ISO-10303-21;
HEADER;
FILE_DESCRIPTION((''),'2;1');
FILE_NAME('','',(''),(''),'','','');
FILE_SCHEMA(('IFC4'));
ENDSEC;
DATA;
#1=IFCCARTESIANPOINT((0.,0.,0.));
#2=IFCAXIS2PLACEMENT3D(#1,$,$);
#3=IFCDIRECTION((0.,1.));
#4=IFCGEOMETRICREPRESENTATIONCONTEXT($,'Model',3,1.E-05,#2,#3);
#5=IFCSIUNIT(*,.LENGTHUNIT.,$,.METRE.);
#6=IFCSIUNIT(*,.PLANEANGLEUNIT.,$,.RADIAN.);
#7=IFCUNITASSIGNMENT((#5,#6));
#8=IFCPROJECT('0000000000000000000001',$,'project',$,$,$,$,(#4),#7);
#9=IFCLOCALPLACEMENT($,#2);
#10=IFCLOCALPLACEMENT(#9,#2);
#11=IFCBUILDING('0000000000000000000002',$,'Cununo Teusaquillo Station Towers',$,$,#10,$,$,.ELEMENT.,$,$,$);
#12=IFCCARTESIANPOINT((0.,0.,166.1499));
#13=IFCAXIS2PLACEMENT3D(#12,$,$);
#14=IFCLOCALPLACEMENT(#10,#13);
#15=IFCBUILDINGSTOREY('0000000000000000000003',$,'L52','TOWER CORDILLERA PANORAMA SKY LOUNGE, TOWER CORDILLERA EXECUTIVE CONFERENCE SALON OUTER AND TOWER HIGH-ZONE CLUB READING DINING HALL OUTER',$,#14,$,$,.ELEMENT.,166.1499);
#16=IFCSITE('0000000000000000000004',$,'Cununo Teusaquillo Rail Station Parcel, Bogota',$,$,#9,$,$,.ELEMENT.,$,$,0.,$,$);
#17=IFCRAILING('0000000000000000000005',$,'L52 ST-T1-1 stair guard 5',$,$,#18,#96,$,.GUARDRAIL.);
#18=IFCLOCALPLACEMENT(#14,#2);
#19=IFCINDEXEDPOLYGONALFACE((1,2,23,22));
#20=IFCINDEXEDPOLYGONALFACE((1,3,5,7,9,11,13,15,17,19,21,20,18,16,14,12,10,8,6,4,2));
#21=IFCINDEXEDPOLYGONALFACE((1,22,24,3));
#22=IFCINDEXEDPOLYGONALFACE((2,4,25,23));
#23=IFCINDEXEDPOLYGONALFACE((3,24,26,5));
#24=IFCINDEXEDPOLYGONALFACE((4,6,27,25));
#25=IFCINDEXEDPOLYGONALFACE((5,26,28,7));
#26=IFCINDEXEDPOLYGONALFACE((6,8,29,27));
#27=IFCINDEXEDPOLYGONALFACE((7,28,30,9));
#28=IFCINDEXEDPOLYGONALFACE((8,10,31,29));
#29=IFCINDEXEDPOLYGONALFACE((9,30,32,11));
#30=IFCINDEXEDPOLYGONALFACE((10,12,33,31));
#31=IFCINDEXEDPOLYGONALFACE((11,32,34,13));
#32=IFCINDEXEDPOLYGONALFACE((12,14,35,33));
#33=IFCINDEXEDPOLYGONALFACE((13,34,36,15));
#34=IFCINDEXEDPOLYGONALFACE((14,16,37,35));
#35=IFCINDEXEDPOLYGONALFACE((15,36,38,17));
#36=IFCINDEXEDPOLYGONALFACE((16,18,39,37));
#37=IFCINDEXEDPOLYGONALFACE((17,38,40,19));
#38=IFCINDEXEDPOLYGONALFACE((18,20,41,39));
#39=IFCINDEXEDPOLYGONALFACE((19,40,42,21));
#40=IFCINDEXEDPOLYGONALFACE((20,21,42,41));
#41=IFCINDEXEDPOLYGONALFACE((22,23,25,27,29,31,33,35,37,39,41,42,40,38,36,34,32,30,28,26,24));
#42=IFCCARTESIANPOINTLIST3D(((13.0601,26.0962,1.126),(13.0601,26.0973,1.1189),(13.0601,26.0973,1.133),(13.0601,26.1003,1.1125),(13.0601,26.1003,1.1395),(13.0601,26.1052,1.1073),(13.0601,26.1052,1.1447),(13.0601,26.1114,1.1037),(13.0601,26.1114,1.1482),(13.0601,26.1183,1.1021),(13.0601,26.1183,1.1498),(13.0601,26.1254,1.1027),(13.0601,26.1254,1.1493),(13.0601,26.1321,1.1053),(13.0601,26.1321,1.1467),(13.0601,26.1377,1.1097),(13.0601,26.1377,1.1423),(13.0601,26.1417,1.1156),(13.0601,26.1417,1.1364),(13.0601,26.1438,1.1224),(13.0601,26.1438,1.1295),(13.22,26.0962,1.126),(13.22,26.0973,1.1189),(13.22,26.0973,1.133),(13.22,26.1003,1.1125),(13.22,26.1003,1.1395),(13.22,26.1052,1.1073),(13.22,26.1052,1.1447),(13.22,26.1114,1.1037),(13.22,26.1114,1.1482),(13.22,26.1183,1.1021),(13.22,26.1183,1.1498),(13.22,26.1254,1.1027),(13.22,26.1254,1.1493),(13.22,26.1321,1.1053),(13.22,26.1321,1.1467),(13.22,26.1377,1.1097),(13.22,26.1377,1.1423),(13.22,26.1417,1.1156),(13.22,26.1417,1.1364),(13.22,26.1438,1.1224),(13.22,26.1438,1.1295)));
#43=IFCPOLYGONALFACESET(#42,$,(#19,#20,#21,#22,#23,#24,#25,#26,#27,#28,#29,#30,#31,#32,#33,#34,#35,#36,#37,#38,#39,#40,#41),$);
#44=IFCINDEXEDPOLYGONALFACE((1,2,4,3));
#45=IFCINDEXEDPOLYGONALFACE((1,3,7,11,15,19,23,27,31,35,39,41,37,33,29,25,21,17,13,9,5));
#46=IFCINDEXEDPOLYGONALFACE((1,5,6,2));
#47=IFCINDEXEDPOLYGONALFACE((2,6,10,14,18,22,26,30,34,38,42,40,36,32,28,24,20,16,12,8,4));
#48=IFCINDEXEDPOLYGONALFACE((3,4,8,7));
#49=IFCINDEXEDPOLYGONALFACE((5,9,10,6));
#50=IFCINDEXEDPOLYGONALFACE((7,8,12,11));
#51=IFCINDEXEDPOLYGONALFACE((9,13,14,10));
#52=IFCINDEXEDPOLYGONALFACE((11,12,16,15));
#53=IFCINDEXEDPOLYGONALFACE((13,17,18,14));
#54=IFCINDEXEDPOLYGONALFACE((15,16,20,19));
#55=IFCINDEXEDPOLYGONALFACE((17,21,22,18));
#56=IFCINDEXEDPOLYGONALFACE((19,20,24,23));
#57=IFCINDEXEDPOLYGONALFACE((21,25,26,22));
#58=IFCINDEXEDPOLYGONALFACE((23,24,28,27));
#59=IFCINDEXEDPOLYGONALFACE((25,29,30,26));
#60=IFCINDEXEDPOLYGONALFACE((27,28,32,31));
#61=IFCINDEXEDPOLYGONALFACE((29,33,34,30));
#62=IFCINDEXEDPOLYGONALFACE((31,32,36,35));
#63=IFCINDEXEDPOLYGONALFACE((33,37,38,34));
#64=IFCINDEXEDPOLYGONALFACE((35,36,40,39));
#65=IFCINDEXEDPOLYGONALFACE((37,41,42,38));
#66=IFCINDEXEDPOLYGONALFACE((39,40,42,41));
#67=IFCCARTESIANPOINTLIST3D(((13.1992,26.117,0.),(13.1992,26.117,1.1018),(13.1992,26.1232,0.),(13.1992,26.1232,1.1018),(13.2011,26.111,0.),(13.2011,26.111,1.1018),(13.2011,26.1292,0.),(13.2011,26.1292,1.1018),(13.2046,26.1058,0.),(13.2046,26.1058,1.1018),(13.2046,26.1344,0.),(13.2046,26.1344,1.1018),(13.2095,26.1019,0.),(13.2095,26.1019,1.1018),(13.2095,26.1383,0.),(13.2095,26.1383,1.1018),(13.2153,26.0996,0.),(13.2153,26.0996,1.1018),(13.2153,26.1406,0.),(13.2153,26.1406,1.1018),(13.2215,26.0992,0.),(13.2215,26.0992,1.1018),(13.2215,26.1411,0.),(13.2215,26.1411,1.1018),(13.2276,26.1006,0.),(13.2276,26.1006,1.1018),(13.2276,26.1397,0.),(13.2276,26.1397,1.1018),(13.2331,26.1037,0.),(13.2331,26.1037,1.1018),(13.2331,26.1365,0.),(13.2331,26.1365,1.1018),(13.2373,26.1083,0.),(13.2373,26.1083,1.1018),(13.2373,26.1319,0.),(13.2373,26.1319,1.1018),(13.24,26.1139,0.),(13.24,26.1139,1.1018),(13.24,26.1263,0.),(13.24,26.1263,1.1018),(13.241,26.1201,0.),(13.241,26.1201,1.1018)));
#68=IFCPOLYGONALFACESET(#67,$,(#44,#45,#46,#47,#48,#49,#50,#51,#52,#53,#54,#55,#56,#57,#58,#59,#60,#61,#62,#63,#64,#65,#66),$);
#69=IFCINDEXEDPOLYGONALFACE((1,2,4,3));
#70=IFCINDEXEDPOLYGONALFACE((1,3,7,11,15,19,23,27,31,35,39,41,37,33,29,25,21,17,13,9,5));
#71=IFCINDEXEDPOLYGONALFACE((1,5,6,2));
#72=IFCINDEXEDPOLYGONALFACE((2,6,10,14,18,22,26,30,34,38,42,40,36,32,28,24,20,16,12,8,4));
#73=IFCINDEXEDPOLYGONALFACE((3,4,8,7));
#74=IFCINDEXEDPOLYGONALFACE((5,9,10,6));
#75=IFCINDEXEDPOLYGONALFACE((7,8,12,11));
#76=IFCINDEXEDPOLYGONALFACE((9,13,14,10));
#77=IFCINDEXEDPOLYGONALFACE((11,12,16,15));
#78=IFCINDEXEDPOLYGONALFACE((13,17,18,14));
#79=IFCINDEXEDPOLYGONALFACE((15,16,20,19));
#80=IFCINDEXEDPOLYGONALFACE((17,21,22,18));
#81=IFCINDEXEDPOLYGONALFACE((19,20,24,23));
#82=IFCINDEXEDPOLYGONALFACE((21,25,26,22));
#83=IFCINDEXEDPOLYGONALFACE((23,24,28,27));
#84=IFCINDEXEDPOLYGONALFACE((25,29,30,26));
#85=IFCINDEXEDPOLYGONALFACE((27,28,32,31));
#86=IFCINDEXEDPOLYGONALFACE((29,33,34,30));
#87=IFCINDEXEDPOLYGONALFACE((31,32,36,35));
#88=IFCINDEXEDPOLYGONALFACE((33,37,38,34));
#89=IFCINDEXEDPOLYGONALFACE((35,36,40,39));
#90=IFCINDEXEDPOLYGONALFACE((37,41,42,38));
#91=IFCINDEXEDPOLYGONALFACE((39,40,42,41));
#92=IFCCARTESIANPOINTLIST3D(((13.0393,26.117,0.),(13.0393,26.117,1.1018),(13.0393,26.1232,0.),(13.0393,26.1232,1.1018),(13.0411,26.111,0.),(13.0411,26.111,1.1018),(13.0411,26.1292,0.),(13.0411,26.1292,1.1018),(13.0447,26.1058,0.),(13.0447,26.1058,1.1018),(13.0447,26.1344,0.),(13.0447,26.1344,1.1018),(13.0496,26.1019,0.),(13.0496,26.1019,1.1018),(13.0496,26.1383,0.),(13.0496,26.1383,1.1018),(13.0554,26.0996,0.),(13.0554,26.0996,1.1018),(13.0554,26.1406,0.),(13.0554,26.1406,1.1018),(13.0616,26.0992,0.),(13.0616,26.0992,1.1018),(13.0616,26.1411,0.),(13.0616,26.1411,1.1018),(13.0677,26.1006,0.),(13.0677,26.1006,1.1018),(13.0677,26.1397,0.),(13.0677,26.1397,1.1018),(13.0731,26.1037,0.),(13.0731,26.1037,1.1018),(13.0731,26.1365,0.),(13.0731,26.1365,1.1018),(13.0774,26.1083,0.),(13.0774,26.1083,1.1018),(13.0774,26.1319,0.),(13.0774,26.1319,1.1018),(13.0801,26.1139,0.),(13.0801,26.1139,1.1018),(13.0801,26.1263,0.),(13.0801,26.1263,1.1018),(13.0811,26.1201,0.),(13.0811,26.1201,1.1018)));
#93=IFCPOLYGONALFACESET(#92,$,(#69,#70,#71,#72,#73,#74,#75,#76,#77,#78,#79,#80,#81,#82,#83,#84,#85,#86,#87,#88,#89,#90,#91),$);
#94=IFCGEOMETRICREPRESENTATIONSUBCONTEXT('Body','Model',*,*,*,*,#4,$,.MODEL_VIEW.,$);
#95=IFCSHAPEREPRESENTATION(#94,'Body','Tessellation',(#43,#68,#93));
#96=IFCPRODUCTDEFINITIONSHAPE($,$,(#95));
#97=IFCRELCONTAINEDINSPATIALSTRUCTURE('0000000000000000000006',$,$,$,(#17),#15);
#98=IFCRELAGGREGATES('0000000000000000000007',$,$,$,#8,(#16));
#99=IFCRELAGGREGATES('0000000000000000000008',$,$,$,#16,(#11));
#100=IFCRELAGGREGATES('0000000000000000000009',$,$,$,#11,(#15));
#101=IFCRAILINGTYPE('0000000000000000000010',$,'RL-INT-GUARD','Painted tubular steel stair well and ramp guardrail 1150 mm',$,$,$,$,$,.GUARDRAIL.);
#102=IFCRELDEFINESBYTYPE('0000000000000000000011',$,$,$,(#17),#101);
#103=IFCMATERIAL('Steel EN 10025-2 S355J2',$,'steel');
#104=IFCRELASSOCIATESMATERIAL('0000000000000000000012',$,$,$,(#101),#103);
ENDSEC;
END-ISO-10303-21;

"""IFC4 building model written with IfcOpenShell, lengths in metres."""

from ifc_helpers import new_model, si_unit, direction, frame, origin, origin_2d, place, context, subcontext, project, spatial, circle, extrude, material, type_object, element, save


model = new_model("IFC4")

# Units and contexts
model_context = context("Model", 3, precision=1e-05, world=origin(), true_north=direction((0.0, 1.0)))
body_context = subcontext(model_context, "Body", "Model", "MODEL_VIEW")
ifc_project = project(units=[si_unit("LENGTHUNIT", "METRE"), si_unit("PLANEANGLEUNIT", "RADIAN")], contexts=[model_context])

# Site, building, storey
site_placement = place(None, origin())
site = spatial("IfcSite", under=ifc_project, at=site_placement, Name="Cununo Teusaquillo Rail Station Parcel, Bogota", CompositionType="ELEMENT", RefElevation=0.0)
building_placement = place(site_placement, origin())
building = spatial("IfcBuilding", under=site, at=building_placement, Name="Cununo Teusaquillo Station Towers", CompositionType="ELEMENT")
storey_placement = place(building_placement, frame((0.0, 0.0, 166.1499)))
storey = spatial("IfcBuildingStorey", under=building, at=storey_placement, Name="L52", Description="TOWER CORDILLERA PANORAMA SKY LOUNGE, TOWER CORDILLERA EXECUTIVE CONFERENCE SALON OUTER AND TOWER HIGH-ZONE CLUB READING DINING HALL OUTER", CompositionType="ELEMENT", Elevation=166.1499)

# Railing
ifc_material_1 = material(Name="Steel EN 10025-2 S355J2", Category="steel")
railing_type_1 = type_object("IfcRailingType", Name="RL-INT-GUARD", Description="Painted tubular steel stair well and ramp guardrail 1150 mm", PredefinedType="GUARDRAIL", material=ifc_material_1)
railing_1_placement = place(storey_placement, frame((13.22, 26.1201, 0.0)))
element("IfcRailing", 1, at=railing_1_placement, inside=storey, type_object=railing_type_1, Name="L52 ST-T1-1 stair guard 5", PredefinedType="GUARDRAIL", context=body_context, shape_type="SweptSolid", body=[
    extrude(circle(Radius=0.0239, at=origin_2d()), frame((0.0, 0.0, 1.126), z_axis=(-1.0, 0.0, 0.0), x_axis=(0.0, -1.0, 0.0)), (0.0, 0.0, 1.0), 0.1599),
    extrude(circle(Radius=0.021, at=origin_2d()), origin(), (0.0, 0.0, 1.0), 1.1018),
    extrude(circle(Radius=0.021, at=origin_2d()), frame((-0.1599, 0.0, 0.0)), (0.0, 0.0, 1.0), 1.1018),
])

save(model, "model.ifc")
